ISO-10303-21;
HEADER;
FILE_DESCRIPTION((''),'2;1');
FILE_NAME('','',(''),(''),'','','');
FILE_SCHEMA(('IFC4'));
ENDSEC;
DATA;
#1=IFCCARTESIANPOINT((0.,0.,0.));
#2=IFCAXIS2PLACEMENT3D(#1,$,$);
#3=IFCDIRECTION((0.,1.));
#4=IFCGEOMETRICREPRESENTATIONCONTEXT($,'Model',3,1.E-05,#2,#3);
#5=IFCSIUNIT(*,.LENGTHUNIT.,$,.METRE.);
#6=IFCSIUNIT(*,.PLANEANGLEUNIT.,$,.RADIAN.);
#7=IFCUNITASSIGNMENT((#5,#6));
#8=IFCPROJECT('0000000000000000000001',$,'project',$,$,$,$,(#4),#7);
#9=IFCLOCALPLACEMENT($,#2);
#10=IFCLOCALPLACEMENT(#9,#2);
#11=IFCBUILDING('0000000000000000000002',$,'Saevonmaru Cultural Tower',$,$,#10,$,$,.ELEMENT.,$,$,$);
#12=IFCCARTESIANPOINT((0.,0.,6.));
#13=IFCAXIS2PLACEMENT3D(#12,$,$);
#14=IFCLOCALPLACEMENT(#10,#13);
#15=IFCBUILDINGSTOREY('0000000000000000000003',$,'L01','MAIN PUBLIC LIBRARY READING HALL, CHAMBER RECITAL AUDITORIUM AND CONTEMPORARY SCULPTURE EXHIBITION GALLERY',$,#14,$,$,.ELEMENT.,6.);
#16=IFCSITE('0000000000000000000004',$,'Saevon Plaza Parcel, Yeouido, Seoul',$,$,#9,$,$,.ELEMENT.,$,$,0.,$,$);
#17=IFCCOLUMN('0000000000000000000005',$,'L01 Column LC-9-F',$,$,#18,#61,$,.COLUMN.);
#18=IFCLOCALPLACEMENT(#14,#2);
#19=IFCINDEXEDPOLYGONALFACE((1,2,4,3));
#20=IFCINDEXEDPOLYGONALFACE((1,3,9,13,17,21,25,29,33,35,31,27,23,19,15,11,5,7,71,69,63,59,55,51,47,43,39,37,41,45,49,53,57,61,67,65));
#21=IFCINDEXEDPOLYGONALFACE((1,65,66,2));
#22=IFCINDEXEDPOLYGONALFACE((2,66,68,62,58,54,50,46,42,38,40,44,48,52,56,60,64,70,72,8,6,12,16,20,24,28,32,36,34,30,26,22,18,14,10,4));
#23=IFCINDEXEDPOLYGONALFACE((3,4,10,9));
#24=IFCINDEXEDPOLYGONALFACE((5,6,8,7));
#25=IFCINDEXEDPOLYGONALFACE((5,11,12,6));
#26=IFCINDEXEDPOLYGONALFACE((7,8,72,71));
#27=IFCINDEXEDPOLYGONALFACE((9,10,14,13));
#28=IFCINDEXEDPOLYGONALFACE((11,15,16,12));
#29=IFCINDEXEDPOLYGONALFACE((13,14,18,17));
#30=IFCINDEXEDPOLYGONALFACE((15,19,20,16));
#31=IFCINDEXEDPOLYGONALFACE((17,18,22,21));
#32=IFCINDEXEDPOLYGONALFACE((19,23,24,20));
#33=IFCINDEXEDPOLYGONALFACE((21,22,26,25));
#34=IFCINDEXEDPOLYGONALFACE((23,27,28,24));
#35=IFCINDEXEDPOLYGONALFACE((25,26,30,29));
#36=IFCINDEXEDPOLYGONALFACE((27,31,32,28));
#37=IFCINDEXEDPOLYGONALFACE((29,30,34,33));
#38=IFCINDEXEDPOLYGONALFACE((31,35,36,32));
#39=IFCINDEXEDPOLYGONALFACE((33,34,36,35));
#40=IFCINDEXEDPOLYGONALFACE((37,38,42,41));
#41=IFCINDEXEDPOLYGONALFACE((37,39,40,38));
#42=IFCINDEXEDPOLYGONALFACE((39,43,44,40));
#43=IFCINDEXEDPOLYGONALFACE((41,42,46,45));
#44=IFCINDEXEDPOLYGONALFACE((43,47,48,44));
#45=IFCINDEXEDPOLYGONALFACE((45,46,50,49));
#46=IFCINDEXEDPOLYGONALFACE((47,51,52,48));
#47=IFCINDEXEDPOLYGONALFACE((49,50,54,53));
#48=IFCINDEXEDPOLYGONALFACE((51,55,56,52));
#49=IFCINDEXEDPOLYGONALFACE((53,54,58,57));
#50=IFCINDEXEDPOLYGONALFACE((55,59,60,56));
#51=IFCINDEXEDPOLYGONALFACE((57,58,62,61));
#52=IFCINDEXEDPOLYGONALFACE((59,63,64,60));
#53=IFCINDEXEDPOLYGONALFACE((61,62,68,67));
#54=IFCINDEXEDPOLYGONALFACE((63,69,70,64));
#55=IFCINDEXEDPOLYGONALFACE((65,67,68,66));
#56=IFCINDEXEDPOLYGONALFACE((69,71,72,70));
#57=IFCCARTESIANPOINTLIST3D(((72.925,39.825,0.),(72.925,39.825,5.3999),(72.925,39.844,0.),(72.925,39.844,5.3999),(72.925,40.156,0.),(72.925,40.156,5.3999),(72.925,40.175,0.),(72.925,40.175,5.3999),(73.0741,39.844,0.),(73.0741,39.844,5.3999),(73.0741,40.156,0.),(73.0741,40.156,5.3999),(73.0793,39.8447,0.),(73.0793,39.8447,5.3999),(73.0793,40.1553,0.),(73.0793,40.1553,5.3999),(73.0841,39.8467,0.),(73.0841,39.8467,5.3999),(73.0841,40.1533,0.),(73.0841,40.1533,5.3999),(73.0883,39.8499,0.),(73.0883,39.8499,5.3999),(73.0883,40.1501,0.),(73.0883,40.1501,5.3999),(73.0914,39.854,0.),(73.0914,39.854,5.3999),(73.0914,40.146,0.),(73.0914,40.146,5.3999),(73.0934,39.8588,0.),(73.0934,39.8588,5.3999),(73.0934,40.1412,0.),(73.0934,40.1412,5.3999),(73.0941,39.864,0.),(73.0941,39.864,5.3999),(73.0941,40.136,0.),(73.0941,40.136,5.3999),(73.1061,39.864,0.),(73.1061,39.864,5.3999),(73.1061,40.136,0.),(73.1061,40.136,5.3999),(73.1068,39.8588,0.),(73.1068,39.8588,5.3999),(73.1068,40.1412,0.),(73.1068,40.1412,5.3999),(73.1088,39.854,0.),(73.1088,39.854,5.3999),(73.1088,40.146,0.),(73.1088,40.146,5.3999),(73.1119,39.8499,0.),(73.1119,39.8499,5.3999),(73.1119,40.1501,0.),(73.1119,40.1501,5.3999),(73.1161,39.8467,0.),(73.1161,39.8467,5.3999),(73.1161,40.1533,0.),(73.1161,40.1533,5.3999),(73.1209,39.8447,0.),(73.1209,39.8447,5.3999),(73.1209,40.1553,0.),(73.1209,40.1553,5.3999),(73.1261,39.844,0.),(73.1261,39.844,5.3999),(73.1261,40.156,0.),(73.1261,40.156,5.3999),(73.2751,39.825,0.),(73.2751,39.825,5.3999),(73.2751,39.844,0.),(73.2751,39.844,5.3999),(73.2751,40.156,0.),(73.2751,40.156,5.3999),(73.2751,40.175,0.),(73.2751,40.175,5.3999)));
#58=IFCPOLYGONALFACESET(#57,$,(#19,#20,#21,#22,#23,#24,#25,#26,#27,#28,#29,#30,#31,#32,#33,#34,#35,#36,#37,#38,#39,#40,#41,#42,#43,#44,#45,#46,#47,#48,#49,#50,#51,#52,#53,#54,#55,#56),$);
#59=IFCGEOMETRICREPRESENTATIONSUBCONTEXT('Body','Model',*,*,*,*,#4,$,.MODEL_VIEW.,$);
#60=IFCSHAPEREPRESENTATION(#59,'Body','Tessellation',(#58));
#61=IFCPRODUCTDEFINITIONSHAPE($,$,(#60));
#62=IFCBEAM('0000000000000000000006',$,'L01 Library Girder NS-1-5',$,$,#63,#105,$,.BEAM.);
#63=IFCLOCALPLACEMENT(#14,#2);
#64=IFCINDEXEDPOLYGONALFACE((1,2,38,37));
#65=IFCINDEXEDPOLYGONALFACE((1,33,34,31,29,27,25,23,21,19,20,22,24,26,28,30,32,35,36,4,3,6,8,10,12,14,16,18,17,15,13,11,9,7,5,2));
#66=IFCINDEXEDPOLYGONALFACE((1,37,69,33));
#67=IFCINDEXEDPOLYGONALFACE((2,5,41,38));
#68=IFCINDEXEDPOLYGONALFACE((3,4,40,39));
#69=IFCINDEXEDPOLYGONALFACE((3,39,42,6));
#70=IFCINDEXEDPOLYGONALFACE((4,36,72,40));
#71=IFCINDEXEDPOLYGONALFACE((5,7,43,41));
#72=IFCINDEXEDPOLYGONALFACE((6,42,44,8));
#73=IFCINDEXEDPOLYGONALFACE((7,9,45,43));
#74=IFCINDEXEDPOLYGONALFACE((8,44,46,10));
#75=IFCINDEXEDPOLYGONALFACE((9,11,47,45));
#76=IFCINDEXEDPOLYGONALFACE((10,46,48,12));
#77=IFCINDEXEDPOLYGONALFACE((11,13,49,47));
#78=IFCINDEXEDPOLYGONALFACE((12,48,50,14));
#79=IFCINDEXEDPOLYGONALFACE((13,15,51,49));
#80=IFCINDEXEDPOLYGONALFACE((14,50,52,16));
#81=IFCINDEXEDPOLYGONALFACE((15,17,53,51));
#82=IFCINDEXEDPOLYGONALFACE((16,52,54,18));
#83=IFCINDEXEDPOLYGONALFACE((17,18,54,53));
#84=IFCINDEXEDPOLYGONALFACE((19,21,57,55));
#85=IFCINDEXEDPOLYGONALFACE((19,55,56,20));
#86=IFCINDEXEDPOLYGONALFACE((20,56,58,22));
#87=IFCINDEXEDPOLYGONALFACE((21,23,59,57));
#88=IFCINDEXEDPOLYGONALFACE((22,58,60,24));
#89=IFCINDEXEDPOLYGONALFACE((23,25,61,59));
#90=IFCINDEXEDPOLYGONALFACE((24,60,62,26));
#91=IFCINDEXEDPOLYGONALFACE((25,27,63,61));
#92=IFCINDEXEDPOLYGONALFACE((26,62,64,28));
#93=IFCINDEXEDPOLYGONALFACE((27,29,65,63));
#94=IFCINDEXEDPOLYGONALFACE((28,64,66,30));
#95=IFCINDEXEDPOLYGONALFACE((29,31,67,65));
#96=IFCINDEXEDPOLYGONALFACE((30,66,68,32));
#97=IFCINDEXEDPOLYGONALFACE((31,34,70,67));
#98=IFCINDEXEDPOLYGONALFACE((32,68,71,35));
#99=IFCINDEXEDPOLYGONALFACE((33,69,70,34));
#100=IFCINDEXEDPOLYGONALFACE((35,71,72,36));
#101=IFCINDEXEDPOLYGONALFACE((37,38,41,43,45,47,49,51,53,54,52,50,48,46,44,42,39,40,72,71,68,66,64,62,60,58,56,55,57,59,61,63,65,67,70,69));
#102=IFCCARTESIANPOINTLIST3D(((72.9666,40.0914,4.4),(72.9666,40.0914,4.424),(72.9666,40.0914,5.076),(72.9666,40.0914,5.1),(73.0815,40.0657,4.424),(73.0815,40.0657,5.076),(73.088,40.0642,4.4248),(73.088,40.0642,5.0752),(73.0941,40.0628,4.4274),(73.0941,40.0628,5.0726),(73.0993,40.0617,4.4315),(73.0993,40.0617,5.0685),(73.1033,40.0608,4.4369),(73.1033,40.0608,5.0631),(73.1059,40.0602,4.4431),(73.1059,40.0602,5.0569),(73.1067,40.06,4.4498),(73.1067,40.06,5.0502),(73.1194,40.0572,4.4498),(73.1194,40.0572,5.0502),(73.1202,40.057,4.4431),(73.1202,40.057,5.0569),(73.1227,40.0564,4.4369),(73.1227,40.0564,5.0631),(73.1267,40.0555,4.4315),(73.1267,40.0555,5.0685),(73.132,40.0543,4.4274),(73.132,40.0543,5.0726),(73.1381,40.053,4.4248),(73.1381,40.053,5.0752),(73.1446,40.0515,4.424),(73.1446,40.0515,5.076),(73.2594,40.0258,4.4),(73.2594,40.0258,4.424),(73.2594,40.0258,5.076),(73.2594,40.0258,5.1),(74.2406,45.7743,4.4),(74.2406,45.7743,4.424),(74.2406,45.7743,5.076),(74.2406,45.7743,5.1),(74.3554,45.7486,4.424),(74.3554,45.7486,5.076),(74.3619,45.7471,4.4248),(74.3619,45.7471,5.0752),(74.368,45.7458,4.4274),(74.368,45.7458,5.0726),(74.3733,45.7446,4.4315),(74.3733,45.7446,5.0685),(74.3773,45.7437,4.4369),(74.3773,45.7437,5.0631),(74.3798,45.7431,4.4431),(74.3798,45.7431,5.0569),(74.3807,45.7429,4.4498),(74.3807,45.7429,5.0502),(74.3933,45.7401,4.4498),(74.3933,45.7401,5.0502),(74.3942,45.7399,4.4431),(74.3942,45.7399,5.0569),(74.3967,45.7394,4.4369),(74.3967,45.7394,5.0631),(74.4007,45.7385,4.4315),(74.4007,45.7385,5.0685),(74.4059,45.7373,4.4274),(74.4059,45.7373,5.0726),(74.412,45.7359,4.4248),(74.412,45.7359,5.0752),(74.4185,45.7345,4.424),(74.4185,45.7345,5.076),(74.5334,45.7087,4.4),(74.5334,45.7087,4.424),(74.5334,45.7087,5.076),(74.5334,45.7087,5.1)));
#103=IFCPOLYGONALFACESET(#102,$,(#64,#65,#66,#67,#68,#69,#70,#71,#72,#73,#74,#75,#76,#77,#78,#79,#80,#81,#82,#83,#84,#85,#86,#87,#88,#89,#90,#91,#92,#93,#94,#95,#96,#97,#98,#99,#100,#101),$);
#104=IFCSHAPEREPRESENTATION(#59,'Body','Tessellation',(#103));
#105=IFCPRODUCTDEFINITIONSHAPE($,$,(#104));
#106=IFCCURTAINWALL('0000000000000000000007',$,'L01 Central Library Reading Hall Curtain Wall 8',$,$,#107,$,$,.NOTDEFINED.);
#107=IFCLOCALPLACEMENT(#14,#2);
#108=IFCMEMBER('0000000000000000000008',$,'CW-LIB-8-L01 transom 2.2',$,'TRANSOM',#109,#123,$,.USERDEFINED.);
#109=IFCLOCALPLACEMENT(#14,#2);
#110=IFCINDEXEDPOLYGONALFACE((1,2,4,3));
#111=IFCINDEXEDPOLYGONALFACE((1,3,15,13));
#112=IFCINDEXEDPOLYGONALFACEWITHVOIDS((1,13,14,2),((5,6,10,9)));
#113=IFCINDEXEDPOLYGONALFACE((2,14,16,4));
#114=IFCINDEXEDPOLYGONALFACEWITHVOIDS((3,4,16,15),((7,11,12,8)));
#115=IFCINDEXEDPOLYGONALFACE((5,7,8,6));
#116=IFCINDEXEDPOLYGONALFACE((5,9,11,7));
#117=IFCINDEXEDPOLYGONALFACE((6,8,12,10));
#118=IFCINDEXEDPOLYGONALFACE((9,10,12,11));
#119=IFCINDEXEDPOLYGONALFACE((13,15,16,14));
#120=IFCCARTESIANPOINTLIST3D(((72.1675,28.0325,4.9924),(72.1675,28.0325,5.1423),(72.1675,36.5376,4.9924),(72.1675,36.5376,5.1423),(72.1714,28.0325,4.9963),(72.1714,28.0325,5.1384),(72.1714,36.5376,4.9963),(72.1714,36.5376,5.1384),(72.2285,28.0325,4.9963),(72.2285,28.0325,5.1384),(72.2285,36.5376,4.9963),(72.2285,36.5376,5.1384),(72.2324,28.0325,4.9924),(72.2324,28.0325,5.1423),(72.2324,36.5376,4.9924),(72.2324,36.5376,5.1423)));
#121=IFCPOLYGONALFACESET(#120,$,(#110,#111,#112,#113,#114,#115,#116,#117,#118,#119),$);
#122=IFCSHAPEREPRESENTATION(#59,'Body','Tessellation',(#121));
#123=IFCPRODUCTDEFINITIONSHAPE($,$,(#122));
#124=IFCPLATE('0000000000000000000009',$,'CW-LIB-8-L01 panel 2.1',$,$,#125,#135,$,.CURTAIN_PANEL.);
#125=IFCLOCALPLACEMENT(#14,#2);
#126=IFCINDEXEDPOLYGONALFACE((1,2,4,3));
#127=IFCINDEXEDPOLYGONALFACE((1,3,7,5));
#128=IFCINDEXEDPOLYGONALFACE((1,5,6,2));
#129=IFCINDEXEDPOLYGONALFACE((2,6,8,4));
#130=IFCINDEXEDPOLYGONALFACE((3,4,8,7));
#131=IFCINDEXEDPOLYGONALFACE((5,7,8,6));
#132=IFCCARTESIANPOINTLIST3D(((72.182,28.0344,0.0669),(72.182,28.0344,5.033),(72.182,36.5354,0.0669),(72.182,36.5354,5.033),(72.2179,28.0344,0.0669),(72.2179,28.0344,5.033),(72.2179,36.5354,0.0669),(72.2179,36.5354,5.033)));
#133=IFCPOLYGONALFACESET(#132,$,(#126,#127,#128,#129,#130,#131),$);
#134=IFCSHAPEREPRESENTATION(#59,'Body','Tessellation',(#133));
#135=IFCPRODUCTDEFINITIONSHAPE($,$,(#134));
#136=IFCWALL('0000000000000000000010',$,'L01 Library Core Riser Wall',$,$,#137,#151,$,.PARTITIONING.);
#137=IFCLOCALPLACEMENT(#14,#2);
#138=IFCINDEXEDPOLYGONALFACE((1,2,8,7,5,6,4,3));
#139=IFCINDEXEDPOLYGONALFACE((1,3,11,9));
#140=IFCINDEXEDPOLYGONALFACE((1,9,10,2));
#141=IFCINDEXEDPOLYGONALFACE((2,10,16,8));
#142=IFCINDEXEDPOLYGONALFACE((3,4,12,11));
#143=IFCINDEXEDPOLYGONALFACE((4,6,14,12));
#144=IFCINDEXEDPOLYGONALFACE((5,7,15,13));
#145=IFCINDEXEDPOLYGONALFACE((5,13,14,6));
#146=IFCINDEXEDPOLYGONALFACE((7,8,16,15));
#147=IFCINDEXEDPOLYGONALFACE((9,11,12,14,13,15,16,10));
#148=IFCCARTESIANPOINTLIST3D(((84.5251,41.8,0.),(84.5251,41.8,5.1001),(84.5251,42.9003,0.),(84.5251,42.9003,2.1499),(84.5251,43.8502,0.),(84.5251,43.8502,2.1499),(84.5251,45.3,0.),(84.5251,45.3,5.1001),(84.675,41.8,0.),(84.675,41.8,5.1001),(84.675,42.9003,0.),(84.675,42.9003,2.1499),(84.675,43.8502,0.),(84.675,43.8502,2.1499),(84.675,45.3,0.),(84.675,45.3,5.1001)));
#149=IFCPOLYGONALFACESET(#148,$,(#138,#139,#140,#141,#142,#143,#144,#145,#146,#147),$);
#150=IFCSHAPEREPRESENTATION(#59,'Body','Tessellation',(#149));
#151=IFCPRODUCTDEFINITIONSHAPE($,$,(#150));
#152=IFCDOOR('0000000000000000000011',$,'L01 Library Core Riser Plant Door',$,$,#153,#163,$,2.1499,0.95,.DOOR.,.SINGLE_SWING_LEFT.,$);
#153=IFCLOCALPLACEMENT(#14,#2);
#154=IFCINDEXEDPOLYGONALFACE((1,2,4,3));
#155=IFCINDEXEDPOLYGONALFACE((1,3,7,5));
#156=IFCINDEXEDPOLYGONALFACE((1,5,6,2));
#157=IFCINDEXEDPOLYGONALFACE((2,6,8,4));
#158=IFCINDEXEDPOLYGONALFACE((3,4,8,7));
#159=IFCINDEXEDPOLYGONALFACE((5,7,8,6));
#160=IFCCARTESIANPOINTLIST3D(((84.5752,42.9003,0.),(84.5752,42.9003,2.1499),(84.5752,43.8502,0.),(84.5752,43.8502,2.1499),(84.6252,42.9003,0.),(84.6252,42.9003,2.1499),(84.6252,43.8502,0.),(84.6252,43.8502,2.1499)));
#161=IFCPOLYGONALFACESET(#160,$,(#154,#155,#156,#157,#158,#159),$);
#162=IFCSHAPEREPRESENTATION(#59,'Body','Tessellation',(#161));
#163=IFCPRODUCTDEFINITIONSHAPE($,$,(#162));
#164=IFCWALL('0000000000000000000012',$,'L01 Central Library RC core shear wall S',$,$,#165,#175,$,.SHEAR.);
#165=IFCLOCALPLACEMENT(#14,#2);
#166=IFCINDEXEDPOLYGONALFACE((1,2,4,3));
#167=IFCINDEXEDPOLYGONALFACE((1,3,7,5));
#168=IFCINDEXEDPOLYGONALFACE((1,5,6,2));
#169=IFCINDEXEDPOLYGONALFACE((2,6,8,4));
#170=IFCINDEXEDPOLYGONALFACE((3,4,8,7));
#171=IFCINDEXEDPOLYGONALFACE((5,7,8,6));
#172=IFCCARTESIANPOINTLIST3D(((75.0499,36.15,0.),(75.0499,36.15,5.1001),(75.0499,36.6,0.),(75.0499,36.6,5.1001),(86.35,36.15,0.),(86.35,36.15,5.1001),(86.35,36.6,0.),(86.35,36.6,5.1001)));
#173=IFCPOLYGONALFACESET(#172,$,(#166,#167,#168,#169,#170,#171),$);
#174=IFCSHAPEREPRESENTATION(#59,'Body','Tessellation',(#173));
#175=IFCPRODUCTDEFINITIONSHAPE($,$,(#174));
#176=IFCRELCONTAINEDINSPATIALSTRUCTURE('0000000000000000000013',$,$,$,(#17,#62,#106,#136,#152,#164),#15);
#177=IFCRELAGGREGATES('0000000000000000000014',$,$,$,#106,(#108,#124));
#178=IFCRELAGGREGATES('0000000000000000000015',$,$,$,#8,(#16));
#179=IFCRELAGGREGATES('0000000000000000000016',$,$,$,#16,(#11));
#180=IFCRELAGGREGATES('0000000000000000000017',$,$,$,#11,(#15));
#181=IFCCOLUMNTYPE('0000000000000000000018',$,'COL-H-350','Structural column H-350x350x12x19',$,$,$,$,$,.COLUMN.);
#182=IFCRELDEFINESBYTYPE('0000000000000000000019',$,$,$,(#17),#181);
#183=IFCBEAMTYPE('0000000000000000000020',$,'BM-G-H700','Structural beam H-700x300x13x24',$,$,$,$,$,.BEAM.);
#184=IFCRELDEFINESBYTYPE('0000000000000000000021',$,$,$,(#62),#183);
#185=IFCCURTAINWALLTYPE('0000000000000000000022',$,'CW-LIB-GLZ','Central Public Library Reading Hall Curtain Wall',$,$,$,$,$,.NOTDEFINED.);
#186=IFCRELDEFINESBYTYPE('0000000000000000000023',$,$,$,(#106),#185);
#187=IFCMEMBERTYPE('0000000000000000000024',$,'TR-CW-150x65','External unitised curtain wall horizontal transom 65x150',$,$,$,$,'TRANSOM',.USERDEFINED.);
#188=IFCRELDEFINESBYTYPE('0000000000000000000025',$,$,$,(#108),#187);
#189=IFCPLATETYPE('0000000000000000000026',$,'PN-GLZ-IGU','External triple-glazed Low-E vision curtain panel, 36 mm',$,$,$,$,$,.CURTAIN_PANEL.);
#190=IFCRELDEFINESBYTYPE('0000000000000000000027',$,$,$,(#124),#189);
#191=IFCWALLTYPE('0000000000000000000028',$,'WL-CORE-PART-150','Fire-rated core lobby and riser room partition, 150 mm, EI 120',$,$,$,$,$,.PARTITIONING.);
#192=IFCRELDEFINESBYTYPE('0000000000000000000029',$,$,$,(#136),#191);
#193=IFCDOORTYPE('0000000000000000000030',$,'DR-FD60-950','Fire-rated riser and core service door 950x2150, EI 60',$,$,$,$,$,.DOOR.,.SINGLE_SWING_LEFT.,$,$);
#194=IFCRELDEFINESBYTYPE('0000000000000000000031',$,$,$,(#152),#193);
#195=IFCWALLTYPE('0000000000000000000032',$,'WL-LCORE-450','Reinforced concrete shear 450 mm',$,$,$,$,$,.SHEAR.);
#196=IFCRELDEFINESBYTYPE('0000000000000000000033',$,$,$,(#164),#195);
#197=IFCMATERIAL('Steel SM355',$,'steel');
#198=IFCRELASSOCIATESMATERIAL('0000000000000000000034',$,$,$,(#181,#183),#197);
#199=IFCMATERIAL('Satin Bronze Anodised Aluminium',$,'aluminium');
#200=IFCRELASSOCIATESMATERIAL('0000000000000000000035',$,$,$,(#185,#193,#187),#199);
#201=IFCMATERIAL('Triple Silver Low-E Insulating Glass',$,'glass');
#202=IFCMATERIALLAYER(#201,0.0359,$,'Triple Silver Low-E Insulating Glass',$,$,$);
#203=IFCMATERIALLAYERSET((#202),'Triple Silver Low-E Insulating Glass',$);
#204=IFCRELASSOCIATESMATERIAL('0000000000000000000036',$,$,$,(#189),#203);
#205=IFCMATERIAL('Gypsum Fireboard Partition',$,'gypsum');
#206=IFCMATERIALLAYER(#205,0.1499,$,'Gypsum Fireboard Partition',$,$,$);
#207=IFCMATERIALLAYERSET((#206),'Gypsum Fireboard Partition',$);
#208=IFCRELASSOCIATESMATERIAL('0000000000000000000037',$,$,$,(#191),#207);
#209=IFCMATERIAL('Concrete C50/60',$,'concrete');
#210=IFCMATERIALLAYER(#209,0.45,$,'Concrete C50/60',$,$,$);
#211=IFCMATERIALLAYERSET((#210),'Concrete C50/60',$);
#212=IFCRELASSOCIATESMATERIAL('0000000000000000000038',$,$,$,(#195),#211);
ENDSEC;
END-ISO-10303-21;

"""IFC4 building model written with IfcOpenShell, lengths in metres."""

from ifc_helpers import new_model, si_unit, direction, frame, frame_2d, origin, origin_2d, place, context, subcontext, project, spatial, rectangle, hollow_rectangle, i_section, extrude, material, layer, layer_set, material_profile, profile_set, type_object, element, fill, aggregate, save


model = new_model("IFC4")

# Units and contexts
model_context = context("Model", 3, precision=1e-05, world=origin(), true_north=direction((0.0, 1.0)))
body_context = subcontext(model_context, "Body", "Model", "MODEL_VIEW")
ifc_project = project(units=[si_unit("LENGTHUNIT", "METRE"), si_unit("PLANEANGLEUNIT", "RADIAN")], contexts=[model_context])

# Site, building, storey
site_placement = place(None, origin())
site = spatial("IfcSite", under=ifc_project, at=site_placement, Name="Saevon Plaza Parcel, Yeouido, Seoul", CompositionType="ELEMENT", RefElevation=0.0)
building_placement = place(site_placement, origin())
building = spatial("IfcBuilding", under=site, at=building_placement, Name="Saevonmaru Cultural Tower", CompositionType="ELEMENT")
storey_placement = place(building_placement, frame((0.0, 0.0, 6.0)))
storey = spatial("IfcBuildingStorey", under=building, at=storey_placement, Name="L01", Description="MAIN PUBLIC LIBRARY READING HALL, CHAMBER RECITAL AUDITORIUM AND CONTEMPORARY SCULPTURE EXHIBITION GALLERY", CompositionType="ELEMENT", Elevation=6.0)

# Column
ifc_material_1 = material(Name="Steel SM355", Category="steel")
ifc_material_profile_1 = material_profile(ifc_material_1, i_section(OverallWidth=0.3501, OverallDepth=0.3501, WebThickness=0.012, FlangeThickness=0.019, FilletRadius=0.02, at=origin_2d()), Name="H-350x350x12x19")
ifc_profile_set_1 = profile_set([ifc_material_profile_1], Name="Steel SM355")
column_type = type_object("IfcColumnType", Name="COL-H-350", Description="Structural column H-350x350x12x19", PredefinedType="COLUMN", material=ifc_profile_set_1)
column_placement = place(storey_placement, frame((73.1001, 40.0, 0.0), z_axis=(0.0, 0.0, 1.0), x_axis=(1.0, 0.0, 0.0)))
element("IfcColumn", 1, at=column_placement, inside=storey, type_object=column_type, Name="L01 Column LC-9-F", PredefinedType="COLUMN", context=body_context, shape_type="SweptSolid", body=[
    extrude(i_section(OverallWidth=0.3501, OverallDepth=0.3501, WebThickness=0.012, FlangeThickness=0.019, FilletRadius=0.02, at=origin_2d()), origin(), (0.0, 0.0, 1.0), 5.3999),
])

# Beam
ifc_material_profile_2 = material_profile(ifc_material_1, i_section(OverallWidth=0.3, OverallDepth=0.7, WebThickness=0.0129, FlangeThickness=0.0239, FilletRadius=0.0259, at=origin_2d()), Name="H-700x300x13x24")
ifc_profile_set_2 = profile_set([ifc_material_profile_2], Name="Steel SM355")
beam_type = type_object("IfcBeamType", Name="BM-G-H700", Description="Structural beam H-700x300x13x24", PredefinedType="BEAM", material=ifc_profile_set_2)
beam_placement = place(storey_placement, frame((73.113, 40.0586, 4.75), z_axis=(0.218741, 0.975783, 0.0), x_axis=(-0.975783, 0.218741, 0.0)))
element("IfcBeam", 2, at=beam_placement, inside=storey, type_object=beam_type, Name="L01 Library Girder NS-1-5", PredefinedType="BEAM", context=body_context, shape_type="SweptSolid", body=[
    extrude(i_section(OverallWidth=0.3, OverallDepth=0.7, WebThickness=0.0129, FlangeThickness=0.0239, FilletRadius=0.0259, at=origin_2d()), origin(), (0.0, 0.0, 1.0), 5.824),
])

# Curtain wall, member, plate
ifc_material_2 = material(Name="Satin Bronze Anodised Aluminium", Category="aluminium")
curtain_wall_type = type_object("IfcCurtainWallType", Name="CW-LIB-GLZ", Description="Central Public Library Reading Hall Curtain Wall", PredefinedType="NOTDEFINED", material=ifc_material_2)
curtain_wall_placement = place(storey_placement, origin())
curtain_wall = element("IfcCurtainWall", 3, at=curtain_wall_placement, inside=storey, type_object=curtain_wall_type, Name="L01 Central Library Reading Hall Curtain Wall 8", PredefinedType="NOTDEFINED")
ifc_material_profile_3 = material_profile(ifc_material_2, hollow_rectangle(XDim=0.0649, YDim=0.1499, WallThickness=0.0039, at=origin_2d()), Name="ALU-TRAN-150x65x4")
ifc_profile_set_3 = profile_set([ifc_material_profile_3], Name="Satin Bronze Anodised Aluminium")
member_type = type_object("IfcMemberType", Name="TR-CW-150x65", Description="External unitised curtain wall horizontal transom 65x150", ElementType="TRANSOM", PredefinedType="USERDEFINED", material=ifc_profile_set_3)
member_placement = place(storey_placement, frame((72.2, 36.5376, 5.0674), z_axis=(0.0, -1.0, 0.0), x_axis=(1.0, 0.0, 0.0)))
member = element("IfcMember", 4, at=member_placement, type_object=member_type, Name="CW-LIB-8-L01 transom 2.2", ObjectType="TRANSOM", PredefinedType="USERDEFINED", context=body_context, shape_type="SweptSolid", body=[
    extrude(hollow_rectangle(XDim=0.0649, YDim=0.1499, WallThickness=0.0039, at=origin_2d()), origin(), (0.0, 0.0, 1.0), 8.5051),
])
ifc_material_3 = material(Name="Triple Silver Low-E Insulating Glass", Category="glass")
ifc_layer_1 = layer(ifc_material_3, 0.0359, Name="Triple Silver Low-E Insulating Glass")
ifc_layer_set_1 = layer_set([ifc_layer_1], Name="Triple Silver Low-E Insulating Glass")
plate_type = type_object("IfcPlateType", Name="PN-GLZ-IGU", Description="External triple-glazed Low-E vision curtain panel, 36 mm", PredefinedType="CURTAIN_PANEL", material=ifc_layer_set_1)
plate_placement = place(storey_placement, frame((72.2, 32.2849, 0.0669), z_axis=(0.0, 0.0, 1.0), x_axis=(0.0, -1.0, 0.0)))
plate = element("IfcPlate", 5, at=plate_placement, type_object=plate_type, Name="CW-LIB-8-L01 panel 2.1", PredefinedType="CURTAIN_PANEL", context=body_context, shape_type="SweptSolid", body=[
    extrude(rectangle(XDim=8.501, YDim=0.0359, at=origin_2d()), origin(), (0.0, 0.0, 1.0), 4.9661),
])
aggregate(curtain_wall, [member, plate])

# Wall, opening, door
ifc_material_4 = material(Name="Gypsum Fireboard Partition", Category="gypsum")
ifc_layer_2 = layer(ifc_material_4, 0.1499, Name="Gypsum Fireboard Partition")
ifc_layer_set_2 = layer_set([ifc_layer_2], Name="Gypsum Fireboard Partition")
wall_type_1 = type_object("IfcWallType", Name="WL-CORE-PART-150", Description="Fire-rated core lobby and riser room partition, 150 mm, EI 120", PredefinedType="PARTITIONING", material=ifc_layer_set_2)
wall_1_placement = place(storey_placement, frame((84.6001, 41.8, 0.0), z_axis=(0.0, 0.0, 1.0), x_axis=(0.0, 1.0, 0.0)))
wall_1 = element("IfcWall", 6, at=wall_1_placement, inside=storey, type_object=wall_type_1, Name="L01 Library Core Riser Wall", PredefinedType="PARTITIONING", context=body_context, shape_type="SweptSolid", body=[
    extrude(rectangle(XDim=3.5, YDim=0.1499, at=frame_2d((1.75, 0.0))), origin(), (0.0, 0.0, 1.0), 5.1001),
])
opening_1_placement = place(wall_1_placement, frame((1.1001, 0.0, 0.0)))
opening_1 = element("IfcOpeningElement", 7, at=opening_1_placement, cuts=wall_1, PredefinedType="OPENING", context=body_context, shape_type="SweptSolid", body=[
    extrude(rectangle(XDim=0.95, YDim=2.1499, at=frame_2d((0.4751, 1.075))), frame((0.0, 0.085, 0.0), z_axis=(0.0, -1.0, 0.0), x_axis=(1.0, 0.0, 0.0)), (0.0, 0.0, 1.0), 0.1699),
])
door_type_1 = type_object("IfcDoorType", Name="DR-FD60-950", Description="Fire-rated riser and core service door 950x2150, EI 60", OperationType="SINGLE_SWING_LEFT", PredefinedType="DOOR", material=ifc_material_2)
door_1_placement = place(opening_1_placement, origin())
door_1 = element("IfcDoor", 8, at=door_1_placement, inside=storey, type_object=door_type_1, Name="L01 Library Core Riser Plant Door", OperationType="SINGLE_SWING_LEFT", OverallHeight=2.1499, OverallWidth=0.95, PredefinedType="DOOR", context=body_context, shape_type="SweptSolid", body=[
    extrude(rectangle(XDim=0.95, YDim=2.1499, at=frame_2d((0.4751, 1.075))), frame((0.0, 0.0249, 0.0), z_axis=(0.0, -1.0, 0.0), x_axis=(1.0, 0.0, 0.0)), (0.0, 0.0, 1.0), 0.05),
])
fill(opening_1, door_1)

# Wall
ifc_material_5 = material(Name="Concrete C50/60", Category="concrete")
ifc_layer_3 = layer(ifc_material_5, 0.45, Name="Concrete C50/60")
ifc_layer_set_3 = layer_set([ifc_layer_3], Name="Concrete C50/60")
wall_type_2 = type_object("IfcWallType", Name="WL-LCORE-450", Description="Reinforced concrete shear 450 mm", PredefinedType="SHEAR", material=ifc_layer_set_3)
wall_2_placement = place(storey_placement, frame((75.05, 36.375, 0.0), z_axis=(0.0, 0.0, 1.0), x_axis=(1.0, 0.0, 0.0)))
element("IfcWall", 9, at=wall_2_placement, inside=storey, type_object=wall_type_2, Name="L01 Central Library RC core shear wall S", PredefinedType="SHEAR", context=body_context, shape_type="SweptSolid", body=[
    extrude(rectangle(XDim=11.3, YDim=0.45, at=frame_2d((5.6499, 0.0))), origin(), (0.0, 0.0, 1.0), 5.1001),
])

save(model, "model.ifc")
